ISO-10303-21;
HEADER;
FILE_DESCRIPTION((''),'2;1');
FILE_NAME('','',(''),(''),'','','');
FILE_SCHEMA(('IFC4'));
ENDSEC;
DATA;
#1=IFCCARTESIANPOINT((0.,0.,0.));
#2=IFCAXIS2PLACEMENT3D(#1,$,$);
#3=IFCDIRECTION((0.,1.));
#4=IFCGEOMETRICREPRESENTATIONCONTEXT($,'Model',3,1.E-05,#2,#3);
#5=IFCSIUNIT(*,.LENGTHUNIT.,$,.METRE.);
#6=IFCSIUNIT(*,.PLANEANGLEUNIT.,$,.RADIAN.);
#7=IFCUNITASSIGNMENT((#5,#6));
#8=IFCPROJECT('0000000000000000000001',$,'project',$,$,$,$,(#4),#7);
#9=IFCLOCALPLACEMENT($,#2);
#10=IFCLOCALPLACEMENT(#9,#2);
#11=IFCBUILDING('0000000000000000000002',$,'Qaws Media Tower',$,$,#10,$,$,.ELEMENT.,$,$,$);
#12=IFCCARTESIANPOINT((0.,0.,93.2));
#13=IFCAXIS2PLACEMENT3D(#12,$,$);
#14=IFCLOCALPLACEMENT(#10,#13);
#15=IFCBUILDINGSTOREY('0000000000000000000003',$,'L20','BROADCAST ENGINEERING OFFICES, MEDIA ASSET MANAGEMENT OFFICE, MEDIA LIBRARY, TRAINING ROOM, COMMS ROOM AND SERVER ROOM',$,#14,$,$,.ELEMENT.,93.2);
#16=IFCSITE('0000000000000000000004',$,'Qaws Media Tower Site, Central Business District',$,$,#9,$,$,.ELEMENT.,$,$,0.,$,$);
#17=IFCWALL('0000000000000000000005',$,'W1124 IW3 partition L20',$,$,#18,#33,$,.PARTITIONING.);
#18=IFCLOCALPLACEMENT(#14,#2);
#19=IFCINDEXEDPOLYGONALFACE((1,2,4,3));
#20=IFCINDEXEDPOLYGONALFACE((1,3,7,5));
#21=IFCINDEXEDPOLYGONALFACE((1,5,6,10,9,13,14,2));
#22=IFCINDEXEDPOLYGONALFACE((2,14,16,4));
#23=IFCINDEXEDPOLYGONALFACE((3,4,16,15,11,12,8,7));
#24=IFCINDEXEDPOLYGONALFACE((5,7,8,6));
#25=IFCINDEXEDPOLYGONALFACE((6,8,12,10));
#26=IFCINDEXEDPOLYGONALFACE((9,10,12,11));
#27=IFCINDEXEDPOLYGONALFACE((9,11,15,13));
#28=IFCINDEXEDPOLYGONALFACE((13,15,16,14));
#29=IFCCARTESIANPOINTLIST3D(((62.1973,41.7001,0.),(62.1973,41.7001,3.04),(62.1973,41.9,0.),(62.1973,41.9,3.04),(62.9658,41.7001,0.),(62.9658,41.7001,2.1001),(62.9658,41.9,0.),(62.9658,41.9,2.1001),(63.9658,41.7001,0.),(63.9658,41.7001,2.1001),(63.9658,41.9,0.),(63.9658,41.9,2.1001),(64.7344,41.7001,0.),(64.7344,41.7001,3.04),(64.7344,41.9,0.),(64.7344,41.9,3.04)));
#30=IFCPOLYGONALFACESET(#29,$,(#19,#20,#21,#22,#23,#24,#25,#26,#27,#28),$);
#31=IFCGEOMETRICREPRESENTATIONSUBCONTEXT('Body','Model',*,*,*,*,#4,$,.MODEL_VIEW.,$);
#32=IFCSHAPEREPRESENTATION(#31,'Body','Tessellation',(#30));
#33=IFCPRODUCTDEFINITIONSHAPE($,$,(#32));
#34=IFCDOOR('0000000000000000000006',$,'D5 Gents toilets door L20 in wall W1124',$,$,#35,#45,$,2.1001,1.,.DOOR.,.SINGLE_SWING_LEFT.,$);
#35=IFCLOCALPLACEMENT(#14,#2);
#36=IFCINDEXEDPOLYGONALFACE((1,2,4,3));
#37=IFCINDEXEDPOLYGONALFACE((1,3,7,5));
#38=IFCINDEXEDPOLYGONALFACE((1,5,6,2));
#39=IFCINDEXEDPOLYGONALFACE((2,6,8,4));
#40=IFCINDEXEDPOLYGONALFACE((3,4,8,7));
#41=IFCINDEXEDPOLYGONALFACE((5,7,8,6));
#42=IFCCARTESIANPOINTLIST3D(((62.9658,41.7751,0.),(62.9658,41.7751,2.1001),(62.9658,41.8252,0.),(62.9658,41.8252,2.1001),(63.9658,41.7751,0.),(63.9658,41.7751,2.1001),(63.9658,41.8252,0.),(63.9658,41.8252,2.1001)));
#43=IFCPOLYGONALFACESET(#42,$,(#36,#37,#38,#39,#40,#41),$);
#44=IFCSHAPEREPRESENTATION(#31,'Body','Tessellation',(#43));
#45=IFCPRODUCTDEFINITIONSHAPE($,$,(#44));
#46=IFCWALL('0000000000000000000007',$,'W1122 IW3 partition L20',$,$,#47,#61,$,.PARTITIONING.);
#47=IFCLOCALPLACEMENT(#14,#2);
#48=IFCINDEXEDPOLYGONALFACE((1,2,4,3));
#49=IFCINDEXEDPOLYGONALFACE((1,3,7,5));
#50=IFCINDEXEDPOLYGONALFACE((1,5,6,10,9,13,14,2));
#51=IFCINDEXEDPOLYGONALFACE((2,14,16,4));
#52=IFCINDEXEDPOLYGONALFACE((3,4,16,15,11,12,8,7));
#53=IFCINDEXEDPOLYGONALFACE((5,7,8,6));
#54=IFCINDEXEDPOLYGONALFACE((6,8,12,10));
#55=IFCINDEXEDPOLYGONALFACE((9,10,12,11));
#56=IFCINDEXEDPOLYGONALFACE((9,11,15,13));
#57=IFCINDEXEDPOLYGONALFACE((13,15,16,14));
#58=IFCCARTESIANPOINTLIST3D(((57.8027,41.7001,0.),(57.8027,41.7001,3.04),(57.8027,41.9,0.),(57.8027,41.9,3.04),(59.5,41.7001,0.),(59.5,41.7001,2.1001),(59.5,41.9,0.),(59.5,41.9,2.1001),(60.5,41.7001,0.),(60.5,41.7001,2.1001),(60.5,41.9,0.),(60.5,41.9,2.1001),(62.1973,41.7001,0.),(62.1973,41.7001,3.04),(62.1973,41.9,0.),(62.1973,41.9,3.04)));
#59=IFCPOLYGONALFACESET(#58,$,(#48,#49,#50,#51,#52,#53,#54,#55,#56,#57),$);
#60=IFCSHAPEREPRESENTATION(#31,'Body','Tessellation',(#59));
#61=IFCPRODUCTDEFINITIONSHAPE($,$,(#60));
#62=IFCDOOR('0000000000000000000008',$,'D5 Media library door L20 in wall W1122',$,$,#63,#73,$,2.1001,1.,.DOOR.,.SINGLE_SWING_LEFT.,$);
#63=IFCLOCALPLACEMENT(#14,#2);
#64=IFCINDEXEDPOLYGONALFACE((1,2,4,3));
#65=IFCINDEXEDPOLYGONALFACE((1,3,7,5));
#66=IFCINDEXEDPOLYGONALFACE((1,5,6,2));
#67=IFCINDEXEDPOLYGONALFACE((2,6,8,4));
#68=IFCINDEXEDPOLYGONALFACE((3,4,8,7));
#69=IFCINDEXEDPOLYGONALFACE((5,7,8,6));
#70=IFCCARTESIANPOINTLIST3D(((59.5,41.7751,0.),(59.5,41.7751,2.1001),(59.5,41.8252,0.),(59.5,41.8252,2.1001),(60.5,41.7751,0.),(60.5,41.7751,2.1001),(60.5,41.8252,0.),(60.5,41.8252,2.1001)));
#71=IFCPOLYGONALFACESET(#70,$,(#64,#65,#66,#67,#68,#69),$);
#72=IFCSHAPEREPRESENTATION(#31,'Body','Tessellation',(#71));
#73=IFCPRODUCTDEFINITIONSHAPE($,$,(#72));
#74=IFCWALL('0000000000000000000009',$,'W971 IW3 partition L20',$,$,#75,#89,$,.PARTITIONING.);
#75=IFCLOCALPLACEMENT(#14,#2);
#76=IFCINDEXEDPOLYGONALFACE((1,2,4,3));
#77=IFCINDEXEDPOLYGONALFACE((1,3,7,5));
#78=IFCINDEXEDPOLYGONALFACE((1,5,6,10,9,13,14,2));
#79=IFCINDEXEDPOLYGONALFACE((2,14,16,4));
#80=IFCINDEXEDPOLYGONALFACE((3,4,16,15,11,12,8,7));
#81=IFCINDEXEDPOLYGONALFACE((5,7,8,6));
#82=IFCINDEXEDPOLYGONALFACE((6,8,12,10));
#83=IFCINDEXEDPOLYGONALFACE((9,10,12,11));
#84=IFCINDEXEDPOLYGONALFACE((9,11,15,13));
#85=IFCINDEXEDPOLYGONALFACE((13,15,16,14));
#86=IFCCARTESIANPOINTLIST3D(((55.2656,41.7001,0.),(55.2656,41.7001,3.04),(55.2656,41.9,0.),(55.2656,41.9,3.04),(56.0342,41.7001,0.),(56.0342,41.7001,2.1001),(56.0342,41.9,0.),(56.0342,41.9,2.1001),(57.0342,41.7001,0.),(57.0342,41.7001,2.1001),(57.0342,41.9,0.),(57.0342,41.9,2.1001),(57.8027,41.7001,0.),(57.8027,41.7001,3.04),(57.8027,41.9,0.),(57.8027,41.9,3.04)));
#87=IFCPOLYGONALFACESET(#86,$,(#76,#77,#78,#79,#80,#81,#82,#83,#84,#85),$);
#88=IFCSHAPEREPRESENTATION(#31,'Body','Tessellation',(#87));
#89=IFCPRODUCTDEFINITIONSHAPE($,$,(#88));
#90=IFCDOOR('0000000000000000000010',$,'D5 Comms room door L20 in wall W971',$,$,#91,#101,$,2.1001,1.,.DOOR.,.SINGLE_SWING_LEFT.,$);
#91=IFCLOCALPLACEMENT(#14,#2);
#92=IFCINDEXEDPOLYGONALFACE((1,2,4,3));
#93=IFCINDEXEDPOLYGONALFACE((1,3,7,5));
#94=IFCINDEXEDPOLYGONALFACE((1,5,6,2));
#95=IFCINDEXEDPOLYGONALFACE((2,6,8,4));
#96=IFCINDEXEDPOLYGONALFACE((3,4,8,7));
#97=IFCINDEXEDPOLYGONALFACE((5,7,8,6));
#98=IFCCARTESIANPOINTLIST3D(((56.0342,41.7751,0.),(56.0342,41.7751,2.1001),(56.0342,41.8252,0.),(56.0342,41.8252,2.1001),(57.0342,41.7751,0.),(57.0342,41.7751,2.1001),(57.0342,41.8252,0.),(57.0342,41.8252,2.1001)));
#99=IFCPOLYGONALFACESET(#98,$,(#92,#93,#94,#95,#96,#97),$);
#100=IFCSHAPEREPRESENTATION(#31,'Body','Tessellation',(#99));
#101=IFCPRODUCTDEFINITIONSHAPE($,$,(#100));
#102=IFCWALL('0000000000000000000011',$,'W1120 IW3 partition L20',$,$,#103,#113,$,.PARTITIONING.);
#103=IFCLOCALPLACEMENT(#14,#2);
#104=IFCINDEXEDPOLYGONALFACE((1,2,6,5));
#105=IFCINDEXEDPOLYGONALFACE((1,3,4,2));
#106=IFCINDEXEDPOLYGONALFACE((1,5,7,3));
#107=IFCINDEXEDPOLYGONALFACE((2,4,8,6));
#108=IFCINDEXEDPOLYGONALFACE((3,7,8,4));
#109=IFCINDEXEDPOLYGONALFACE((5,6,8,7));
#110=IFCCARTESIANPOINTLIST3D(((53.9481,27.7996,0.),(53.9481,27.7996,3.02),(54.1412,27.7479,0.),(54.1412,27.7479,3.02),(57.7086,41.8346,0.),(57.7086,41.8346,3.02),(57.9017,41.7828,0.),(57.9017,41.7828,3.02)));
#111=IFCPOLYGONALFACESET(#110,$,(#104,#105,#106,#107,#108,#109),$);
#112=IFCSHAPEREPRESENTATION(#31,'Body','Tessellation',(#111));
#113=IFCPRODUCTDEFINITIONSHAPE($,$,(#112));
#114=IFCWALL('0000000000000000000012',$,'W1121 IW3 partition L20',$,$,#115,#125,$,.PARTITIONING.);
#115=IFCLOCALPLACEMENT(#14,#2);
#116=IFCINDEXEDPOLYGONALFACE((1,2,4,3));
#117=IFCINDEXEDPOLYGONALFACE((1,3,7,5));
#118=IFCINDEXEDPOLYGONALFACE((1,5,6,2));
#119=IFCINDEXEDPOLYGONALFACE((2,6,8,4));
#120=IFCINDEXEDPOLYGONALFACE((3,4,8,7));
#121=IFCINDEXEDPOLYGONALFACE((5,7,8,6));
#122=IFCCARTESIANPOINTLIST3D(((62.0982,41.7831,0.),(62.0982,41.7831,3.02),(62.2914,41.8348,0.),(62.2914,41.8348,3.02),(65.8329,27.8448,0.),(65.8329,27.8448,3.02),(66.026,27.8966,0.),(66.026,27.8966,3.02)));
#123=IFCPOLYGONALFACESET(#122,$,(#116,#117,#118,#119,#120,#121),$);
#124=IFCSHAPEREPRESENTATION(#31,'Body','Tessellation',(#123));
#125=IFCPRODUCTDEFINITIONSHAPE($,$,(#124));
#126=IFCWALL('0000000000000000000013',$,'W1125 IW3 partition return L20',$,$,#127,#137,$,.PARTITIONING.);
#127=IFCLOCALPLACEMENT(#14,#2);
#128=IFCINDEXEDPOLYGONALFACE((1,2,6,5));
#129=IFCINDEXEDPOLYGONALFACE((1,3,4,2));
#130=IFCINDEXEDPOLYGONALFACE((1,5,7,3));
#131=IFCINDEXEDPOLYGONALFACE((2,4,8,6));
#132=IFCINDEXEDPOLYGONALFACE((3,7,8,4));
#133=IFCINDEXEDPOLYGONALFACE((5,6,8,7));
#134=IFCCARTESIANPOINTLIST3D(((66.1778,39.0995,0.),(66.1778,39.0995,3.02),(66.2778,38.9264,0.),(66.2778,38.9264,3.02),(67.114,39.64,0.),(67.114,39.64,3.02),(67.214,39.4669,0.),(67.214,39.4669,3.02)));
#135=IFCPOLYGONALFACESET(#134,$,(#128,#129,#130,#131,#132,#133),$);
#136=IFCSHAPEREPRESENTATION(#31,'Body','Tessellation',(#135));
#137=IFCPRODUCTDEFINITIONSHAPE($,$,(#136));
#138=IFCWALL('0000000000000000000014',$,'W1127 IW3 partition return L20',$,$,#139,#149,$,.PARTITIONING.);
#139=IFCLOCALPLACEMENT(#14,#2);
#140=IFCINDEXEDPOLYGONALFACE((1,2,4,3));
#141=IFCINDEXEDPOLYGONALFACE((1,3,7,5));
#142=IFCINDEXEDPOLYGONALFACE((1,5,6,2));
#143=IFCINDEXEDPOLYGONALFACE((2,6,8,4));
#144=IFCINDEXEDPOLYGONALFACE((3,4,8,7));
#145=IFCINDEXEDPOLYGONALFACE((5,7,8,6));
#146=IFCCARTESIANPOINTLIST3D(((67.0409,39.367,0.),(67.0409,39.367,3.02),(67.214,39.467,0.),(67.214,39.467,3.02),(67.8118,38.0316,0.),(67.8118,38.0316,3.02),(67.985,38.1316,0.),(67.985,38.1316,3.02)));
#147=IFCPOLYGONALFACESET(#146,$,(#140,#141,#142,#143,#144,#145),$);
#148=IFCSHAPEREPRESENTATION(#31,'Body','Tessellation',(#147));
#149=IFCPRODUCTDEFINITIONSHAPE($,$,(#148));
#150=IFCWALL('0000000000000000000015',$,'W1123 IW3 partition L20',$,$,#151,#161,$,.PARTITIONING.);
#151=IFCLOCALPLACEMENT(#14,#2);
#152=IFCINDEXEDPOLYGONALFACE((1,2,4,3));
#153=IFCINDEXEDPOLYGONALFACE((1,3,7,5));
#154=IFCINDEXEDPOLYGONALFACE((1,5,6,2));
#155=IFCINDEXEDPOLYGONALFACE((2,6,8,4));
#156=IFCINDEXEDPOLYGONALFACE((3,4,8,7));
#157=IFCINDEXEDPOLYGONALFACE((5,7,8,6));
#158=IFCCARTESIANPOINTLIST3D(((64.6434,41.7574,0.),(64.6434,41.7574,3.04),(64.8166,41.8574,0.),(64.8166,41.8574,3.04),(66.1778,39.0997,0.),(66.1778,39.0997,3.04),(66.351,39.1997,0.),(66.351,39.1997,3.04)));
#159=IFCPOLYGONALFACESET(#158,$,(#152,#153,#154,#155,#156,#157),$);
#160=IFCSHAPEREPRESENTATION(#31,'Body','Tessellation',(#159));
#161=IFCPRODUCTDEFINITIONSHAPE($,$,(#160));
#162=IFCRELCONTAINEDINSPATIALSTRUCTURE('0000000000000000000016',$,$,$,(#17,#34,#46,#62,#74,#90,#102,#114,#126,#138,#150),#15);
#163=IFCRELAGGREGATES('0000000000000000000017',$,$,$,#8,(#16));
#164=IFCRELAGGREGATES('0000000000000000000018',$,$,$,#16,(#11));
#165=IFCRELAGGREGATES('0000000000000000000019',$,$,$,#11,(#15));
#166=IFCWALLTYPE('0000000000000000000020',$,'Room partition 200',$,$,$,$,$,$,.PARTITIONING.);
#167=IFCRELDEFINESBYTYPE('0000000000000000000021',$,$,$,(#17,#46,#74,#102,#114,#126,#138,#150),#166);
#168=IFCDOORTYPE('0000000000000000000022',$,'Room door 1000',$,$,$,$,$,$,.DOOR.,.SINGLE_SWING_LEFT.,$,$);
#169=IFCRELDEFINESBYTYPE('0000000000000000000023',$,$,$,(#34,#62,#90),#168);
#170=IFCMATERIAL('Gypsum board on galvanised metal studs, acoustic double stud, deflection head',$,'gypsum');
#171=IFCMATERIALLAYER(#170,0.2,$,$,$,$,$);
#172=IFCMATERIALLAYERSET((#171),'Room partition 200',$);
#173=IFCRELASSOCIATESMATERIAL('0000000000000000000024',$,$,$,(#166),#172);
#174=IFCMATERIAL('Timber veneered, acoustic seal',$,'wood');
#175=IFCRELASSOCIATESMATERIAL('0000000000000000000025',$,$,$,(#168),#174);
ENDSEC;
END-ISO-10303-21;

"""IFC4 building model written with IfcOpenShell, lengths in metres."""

from ifc_helpers import new_model, si_unit, direction, frame, frame_2d, origin, place, context, subcontext, project, spatial, rectangle, extrude, material, layer, layer_set, type_object, element, fill, save


model = new_model("IFC4")

# Units and contexts
model_context = context("Model", 3, precision=1e-05, world=origin(), true_north=direction((0.0, 1.0)))
body_context = subcontext(model_context, "Body", "Model", "MODEL_VIEW")
ifc_project = project(units=[si_unit("LENGTHUNIT", "METRE"), si_unit("PLANEANGLEUNIT", "RADIAN")], contexts=[model_context])

# Site, building, storey
site_placement = place(None, origin())
site = spatial("IfcSite", under=ifc_project, at=site_placement, Name="Qaws Media Tower Site, Central Business District", CompositionType="ELEMENT", RefElevation=0.0)
building_placement = place(site_placement, origin())
building = spatial("IfcBuilding", under=site, at=building_placement, Name="Qaws Media Tower", CompositionType="ELEMENT")
storey_placement = place(building_placement, frame((0.0, 0.0, 93.2)))
storey = spatial("IfcBuildingStorey", under=building, at=storey_placement, Name="L20", Description="BROADCAST ENGINEERING OFFICES, MEDIA ASSET MANAGEMENT OFFICE, MEDIA LIBRARY, TRAINING ROOM, COMMS ROOM AND SERVER ROOM", CompositionType="ELEMENT", Elevation=93.2)

# Shared definitions
ifc_material_1 = material(Name="Gypsum board on galvanised metal studs, acoustic double stud, deflection head", Category="gypsum")
ifc_layer_1 = layer(ifc_material_1, 0.2)
ifc_layer_set_1 = layer_set([ifc_layer_1], Name="Room partition 200")
wall_type_1 = type_object("IfcWallType", Name="Room partition 200", PredefinedType="PARTITIONING", material=ifc_layer_set_1)

# Walls, openings, doors
wall_1_placement = place(storey_placement, frame((64.7344, 41.8, 0.0), z_axis=(0.0, 0.0, 1.0), x_axis=(-1.0, 0.0, 0.0)))
wall_1 = element("IfcWall", 1, at=wall_1_placement, inside=storey, type_object=wall_type_1, Name="W1124 IW3 partition L20", PredefinedType="PARTITIONING", context=body_context, shape_type="SweptSolid", body=[
    extrude(rectangle(XDim=2.5371, YDim=0.2, at=frame_2d((1.2686, 0.0))), origin(), (0.0, 0.0, 1.0), 3.04),
])
opening_1_placement = place(wall_1_placement, frame((0.7686, 0.0, 0.0)))
opening_1 = element("IfcOpeningElement", 2, at=opening_1_placement, cuts=wall_1, PredefinedType="OPENING", context=body_context, shape_type="SweptSolid", body=[
    extrude(rectangle(XDim=1.0, YDim=2.1001, at=frame_2d((0.5, 1.05))), frame((0.0, 0.1099, 0.0), z_axis=(0.0, -1.0, 0.0), x_axis=(1.0, 0.0, 0.0)), (0.0, 0.0, 1.0), 0.22),
])
ifc_material_2 = material(Name="Timber veneered, acoustic seal", Category="wood")
door_type = type_object("IfcDoorType", Name="Room door 1000", OperationType="SINGLE_SWING_LEFT", PredefinedType="DOOR", material=ifc_material_2)
door_1_placement = place(opening_1_placement, origin())
door_1 = element("IfcDoor", 3, at=door_1_placement, inside=storey, type_object=door_type, Name="D5 Gents toilets door L20 in wall W1124", OperationType="SINGLE_SWING_LEFT", OverallHeight=2.1001, OverallWidth=1.0, PredefinedType="DOOR", context=body_context, shape_type="SweptSolid", body=[
    extrude(rectangle(XDim=1.0, YDim=2.1001, at=frame_2d((0.5, 1.05))), frame((0.0, 0.0249, 0.0), z_axis=(0.0, -1.0, 0.0), x_axis=(1.0, 0.0, 0.0)), (0.0, 0.0, 1.0), 0.05),
])
fill(opening_1, door_1)
wall_2_placement = place(storey_placement, frame((62.1973, 41.8, 0.0), z_axis=(0.0, 0.0, 1.0), x_axis=(-1.0, 0.0, 0.0)))
wall_2 = element("IfcWall", 4, at=wall_2_placement, inside=storey, type_object=wall_type_1, Name="W1122 IW3 partition L20", PredefinedType="PARTITIONING", context=body_context, shape_type="SweptSolid", body=[
    extrude(rectangle(XDim=4.3945, YDim=0.2, at=frame_2d((2.1973, 0.0))), origin(), (0.0, 0.0, 1.0), 3.04),
])
opening_2_placement = place(wall_2_placement, frame((1.6973, 0.0, 0.0)))
opening_2 = element("IfcOpeningElement", 5, at=opening_2_placement, cuts=wall_2, PredefinedType="OPENING", context=body_context, shape_type="SweptSolid", body=[
    extrude(rectangle(XDim=1.0, YDim=2.1001, at=frame_2d((0.5, 1.05))), frame((0.0, 0.1099, 0.0), z_axis=(0.0, -1.0, 0.0), x_axis=(1.0, 0.0, 0.0)), (0.0, 0.0, 1.0), 0.22),
])
door_2_placement = place(opening_2_placement, origin())
door_2 = element("IfcDoor", 6, at=door_2_placement, inside=storey, type_object=door_type, Name="D5 Media library door L20 in wall W1122", OperationType="SINGLE_SWING_LEFT", OverallHeight=2.1001, OverallWidth=1.0, PredefinedType="DOOR", context=body_context, shape_type="SweptSolid", body=[
    extrude(rectangle(XDim=1.0, YDim=2.1001, at=frame_2d((0.5, 1.05))), frame((0.0, 0.0249, 0.0), z_axis=(0.0, -1.0, 0.0), x_axis=(1.0, 0.0, 0.0)), (0.0, 0.0, 1.0), 0.05),
])
fill(opening_2, door_2)
wall_3_placement = place(storey_placement, frame((57.8027, 41.8, 0.0), z_axis=(0.0, 0.0, 1.0), x_axis=(-1.0, 0.0, 0.0)))
wall_3 = element("IfcWall", 7, at=wall_3_placement, inside=storey, type_object=wall_type_1, Name="W971 IW3 partition L20", PredefinedType="PARTITIONING", context=body_context, shape_type="SweptSolid", body=[
    extrude(rectangle(XDim=2.5371, YDim=0.2, at=frame_2d((1.2686, 0.0))), origin(), (0.0, 0.0, 1.0), 3.04),
])
opening_3_placement = place(wall_3_placement, frame((0.7686, 0.0, 0.0)))
opening_3 = element("IfcOpeningElement", 8, at=opening_3_placement, cuts=wall_3, PredefinedType="OPENING", context=body_context, shape_type="SweptSolid", body=[
    extrude(rectangle(XDim=1.0, YDim=2.1001, at=frame_2d((0.5, 1.05))), frame((0.0, 0.1099, 0.0), z_axis=(0.0, -1.0, 0.0), x_axis=(1.0, 0.0, 0.0)), (0.0, 0.0, 1.0), 0.22),
])
door_3_placement = place(opening_3_placement, origin())
door_3 = element("IfcDoor", 9, at=door_3_placement, inside=storey, type_object=door_type, Name="D5 Comms room door L20 in wall W971", OperationType="SINGLE_SWING_LEFT", OverallHeight=2.1001, OverallWidth=1.0, PredefinedType="DOOR", context=body_context, shape_type="SweptSolid", body=[
    extrude(rectangle(XDim=1.0, YDim=2.1001, at=frame_2d((0.5, 1.05))), frame((0.0, 0.0249, 0.0), z_axis=(0.0, -1.0, 0.0), x_axis=(1.0, 0.0, 0.0)), (0.0, 0.0, 1.0), 0.05),
])
fill(opening_3, door_3)

# Walls
wall_4_placement = place(storey_placement, frame((57.8052, 41.8088, 0.0), z_axis=(0.0, 0.0, 1.0), x_axis=(-0.25881, -0.965928, 0.0)))
element("IfcWall", 10, at=wall_4_placement, inside=storey, type_object=wall_type_1, Name="W1120 IW3 partition L20", PredefinedType="PARTITIONING", context=body_context, shape_type="SweptSolid", body=[
    extrude(rectangle(XDim=14.53, YDim=0.2, at=frame_2d((7.2651, 0.0))), origin(), (0.0, 0.0, 1.0), 3.02),
])
wall_5_placement = place(storey_placement, frame((62.1948, 41.8088, 0.0), z_axis=(0.0, 0.0, 1.0), x_axis=(0.258811, -0.965928, 0.0)))
element("IfcWall", 11, at=wall_5_placement, inside=storey, type_object=wall_type_1, Name="W1121 IW3 partition L20", PredefinedType="PARTITIONING", context=body_context, shape_type="SweptSolid", body=[
    extrude(rectangle(XDim=14.4299, YDim=0.2, at=frame_2d((7.2148, 0.0))), origin(), (0.0, 0.0, 1.0), 3.02),
])
wall_6_placement = place(storey_placement, frame((66.2278, 39.0129, 0.0), z_axis=(0.0, 0.0, 1.0), x_axis=(0.866039, 0.499977, 0.0)))
element("IfcWall", 12, at=wall_6_placement, inside=storey, type_object=wall_type_1, Name="W1125 IW3 partition return L20", PredefinedType="PARTITIONING", context=body_context, shape_type="SweptSolid", body=[
    extrude(rectangle(XDim=1.0811, YDim=0.2, at=frame_2d((0.5405, 0.0))), origin(), (0.0, 0.0, 1.0), 3.02),
])
wall_7_placement = place(storey_placement, frame((67.1274, 39.417, 0.0), z_axis=(0.0, 0.0, 1.0), x_axis=(0.499987, -0.866033, 0.0)))
element("IfcWall", 13, at=wall_7_placement, inside=storey, type_object=wall_type_1, Name="W1127 IW3 partition return L20", PredefinedType="PARTITIONING", context=body_context, shape_type="SweptSolid", body=[
    extrude(rectangle(XDim=1.542, YDim=0.2, at=frame_2d((0.771, 0.0))), origin(), (0.0, 0.0, 1.0), 3.02),
])
wall_8_placement = place(storey_placement, frame((64.73, 41.8074, 0.0), z_axis=(0.0, 0.0, 1.0), x_axis=(0.499998, -0.866027, 0.0)))
element("IfcWall", 14, at=wall_8_placement, inside=storey, type_object=wall_type_1, Name="W1123 IW3 partition L20", PredefinedType="PARTITIONING", context=body_context, shape_type="SweptSolid", body=[
    extrude(rectangle(XDim=3.0688, YDim=0.2, at=frame_2d((1.5344, 0.0))), origin(), (0.0, 0.0, 1.0), 3.04),
])

save(model, "model.ifc")
